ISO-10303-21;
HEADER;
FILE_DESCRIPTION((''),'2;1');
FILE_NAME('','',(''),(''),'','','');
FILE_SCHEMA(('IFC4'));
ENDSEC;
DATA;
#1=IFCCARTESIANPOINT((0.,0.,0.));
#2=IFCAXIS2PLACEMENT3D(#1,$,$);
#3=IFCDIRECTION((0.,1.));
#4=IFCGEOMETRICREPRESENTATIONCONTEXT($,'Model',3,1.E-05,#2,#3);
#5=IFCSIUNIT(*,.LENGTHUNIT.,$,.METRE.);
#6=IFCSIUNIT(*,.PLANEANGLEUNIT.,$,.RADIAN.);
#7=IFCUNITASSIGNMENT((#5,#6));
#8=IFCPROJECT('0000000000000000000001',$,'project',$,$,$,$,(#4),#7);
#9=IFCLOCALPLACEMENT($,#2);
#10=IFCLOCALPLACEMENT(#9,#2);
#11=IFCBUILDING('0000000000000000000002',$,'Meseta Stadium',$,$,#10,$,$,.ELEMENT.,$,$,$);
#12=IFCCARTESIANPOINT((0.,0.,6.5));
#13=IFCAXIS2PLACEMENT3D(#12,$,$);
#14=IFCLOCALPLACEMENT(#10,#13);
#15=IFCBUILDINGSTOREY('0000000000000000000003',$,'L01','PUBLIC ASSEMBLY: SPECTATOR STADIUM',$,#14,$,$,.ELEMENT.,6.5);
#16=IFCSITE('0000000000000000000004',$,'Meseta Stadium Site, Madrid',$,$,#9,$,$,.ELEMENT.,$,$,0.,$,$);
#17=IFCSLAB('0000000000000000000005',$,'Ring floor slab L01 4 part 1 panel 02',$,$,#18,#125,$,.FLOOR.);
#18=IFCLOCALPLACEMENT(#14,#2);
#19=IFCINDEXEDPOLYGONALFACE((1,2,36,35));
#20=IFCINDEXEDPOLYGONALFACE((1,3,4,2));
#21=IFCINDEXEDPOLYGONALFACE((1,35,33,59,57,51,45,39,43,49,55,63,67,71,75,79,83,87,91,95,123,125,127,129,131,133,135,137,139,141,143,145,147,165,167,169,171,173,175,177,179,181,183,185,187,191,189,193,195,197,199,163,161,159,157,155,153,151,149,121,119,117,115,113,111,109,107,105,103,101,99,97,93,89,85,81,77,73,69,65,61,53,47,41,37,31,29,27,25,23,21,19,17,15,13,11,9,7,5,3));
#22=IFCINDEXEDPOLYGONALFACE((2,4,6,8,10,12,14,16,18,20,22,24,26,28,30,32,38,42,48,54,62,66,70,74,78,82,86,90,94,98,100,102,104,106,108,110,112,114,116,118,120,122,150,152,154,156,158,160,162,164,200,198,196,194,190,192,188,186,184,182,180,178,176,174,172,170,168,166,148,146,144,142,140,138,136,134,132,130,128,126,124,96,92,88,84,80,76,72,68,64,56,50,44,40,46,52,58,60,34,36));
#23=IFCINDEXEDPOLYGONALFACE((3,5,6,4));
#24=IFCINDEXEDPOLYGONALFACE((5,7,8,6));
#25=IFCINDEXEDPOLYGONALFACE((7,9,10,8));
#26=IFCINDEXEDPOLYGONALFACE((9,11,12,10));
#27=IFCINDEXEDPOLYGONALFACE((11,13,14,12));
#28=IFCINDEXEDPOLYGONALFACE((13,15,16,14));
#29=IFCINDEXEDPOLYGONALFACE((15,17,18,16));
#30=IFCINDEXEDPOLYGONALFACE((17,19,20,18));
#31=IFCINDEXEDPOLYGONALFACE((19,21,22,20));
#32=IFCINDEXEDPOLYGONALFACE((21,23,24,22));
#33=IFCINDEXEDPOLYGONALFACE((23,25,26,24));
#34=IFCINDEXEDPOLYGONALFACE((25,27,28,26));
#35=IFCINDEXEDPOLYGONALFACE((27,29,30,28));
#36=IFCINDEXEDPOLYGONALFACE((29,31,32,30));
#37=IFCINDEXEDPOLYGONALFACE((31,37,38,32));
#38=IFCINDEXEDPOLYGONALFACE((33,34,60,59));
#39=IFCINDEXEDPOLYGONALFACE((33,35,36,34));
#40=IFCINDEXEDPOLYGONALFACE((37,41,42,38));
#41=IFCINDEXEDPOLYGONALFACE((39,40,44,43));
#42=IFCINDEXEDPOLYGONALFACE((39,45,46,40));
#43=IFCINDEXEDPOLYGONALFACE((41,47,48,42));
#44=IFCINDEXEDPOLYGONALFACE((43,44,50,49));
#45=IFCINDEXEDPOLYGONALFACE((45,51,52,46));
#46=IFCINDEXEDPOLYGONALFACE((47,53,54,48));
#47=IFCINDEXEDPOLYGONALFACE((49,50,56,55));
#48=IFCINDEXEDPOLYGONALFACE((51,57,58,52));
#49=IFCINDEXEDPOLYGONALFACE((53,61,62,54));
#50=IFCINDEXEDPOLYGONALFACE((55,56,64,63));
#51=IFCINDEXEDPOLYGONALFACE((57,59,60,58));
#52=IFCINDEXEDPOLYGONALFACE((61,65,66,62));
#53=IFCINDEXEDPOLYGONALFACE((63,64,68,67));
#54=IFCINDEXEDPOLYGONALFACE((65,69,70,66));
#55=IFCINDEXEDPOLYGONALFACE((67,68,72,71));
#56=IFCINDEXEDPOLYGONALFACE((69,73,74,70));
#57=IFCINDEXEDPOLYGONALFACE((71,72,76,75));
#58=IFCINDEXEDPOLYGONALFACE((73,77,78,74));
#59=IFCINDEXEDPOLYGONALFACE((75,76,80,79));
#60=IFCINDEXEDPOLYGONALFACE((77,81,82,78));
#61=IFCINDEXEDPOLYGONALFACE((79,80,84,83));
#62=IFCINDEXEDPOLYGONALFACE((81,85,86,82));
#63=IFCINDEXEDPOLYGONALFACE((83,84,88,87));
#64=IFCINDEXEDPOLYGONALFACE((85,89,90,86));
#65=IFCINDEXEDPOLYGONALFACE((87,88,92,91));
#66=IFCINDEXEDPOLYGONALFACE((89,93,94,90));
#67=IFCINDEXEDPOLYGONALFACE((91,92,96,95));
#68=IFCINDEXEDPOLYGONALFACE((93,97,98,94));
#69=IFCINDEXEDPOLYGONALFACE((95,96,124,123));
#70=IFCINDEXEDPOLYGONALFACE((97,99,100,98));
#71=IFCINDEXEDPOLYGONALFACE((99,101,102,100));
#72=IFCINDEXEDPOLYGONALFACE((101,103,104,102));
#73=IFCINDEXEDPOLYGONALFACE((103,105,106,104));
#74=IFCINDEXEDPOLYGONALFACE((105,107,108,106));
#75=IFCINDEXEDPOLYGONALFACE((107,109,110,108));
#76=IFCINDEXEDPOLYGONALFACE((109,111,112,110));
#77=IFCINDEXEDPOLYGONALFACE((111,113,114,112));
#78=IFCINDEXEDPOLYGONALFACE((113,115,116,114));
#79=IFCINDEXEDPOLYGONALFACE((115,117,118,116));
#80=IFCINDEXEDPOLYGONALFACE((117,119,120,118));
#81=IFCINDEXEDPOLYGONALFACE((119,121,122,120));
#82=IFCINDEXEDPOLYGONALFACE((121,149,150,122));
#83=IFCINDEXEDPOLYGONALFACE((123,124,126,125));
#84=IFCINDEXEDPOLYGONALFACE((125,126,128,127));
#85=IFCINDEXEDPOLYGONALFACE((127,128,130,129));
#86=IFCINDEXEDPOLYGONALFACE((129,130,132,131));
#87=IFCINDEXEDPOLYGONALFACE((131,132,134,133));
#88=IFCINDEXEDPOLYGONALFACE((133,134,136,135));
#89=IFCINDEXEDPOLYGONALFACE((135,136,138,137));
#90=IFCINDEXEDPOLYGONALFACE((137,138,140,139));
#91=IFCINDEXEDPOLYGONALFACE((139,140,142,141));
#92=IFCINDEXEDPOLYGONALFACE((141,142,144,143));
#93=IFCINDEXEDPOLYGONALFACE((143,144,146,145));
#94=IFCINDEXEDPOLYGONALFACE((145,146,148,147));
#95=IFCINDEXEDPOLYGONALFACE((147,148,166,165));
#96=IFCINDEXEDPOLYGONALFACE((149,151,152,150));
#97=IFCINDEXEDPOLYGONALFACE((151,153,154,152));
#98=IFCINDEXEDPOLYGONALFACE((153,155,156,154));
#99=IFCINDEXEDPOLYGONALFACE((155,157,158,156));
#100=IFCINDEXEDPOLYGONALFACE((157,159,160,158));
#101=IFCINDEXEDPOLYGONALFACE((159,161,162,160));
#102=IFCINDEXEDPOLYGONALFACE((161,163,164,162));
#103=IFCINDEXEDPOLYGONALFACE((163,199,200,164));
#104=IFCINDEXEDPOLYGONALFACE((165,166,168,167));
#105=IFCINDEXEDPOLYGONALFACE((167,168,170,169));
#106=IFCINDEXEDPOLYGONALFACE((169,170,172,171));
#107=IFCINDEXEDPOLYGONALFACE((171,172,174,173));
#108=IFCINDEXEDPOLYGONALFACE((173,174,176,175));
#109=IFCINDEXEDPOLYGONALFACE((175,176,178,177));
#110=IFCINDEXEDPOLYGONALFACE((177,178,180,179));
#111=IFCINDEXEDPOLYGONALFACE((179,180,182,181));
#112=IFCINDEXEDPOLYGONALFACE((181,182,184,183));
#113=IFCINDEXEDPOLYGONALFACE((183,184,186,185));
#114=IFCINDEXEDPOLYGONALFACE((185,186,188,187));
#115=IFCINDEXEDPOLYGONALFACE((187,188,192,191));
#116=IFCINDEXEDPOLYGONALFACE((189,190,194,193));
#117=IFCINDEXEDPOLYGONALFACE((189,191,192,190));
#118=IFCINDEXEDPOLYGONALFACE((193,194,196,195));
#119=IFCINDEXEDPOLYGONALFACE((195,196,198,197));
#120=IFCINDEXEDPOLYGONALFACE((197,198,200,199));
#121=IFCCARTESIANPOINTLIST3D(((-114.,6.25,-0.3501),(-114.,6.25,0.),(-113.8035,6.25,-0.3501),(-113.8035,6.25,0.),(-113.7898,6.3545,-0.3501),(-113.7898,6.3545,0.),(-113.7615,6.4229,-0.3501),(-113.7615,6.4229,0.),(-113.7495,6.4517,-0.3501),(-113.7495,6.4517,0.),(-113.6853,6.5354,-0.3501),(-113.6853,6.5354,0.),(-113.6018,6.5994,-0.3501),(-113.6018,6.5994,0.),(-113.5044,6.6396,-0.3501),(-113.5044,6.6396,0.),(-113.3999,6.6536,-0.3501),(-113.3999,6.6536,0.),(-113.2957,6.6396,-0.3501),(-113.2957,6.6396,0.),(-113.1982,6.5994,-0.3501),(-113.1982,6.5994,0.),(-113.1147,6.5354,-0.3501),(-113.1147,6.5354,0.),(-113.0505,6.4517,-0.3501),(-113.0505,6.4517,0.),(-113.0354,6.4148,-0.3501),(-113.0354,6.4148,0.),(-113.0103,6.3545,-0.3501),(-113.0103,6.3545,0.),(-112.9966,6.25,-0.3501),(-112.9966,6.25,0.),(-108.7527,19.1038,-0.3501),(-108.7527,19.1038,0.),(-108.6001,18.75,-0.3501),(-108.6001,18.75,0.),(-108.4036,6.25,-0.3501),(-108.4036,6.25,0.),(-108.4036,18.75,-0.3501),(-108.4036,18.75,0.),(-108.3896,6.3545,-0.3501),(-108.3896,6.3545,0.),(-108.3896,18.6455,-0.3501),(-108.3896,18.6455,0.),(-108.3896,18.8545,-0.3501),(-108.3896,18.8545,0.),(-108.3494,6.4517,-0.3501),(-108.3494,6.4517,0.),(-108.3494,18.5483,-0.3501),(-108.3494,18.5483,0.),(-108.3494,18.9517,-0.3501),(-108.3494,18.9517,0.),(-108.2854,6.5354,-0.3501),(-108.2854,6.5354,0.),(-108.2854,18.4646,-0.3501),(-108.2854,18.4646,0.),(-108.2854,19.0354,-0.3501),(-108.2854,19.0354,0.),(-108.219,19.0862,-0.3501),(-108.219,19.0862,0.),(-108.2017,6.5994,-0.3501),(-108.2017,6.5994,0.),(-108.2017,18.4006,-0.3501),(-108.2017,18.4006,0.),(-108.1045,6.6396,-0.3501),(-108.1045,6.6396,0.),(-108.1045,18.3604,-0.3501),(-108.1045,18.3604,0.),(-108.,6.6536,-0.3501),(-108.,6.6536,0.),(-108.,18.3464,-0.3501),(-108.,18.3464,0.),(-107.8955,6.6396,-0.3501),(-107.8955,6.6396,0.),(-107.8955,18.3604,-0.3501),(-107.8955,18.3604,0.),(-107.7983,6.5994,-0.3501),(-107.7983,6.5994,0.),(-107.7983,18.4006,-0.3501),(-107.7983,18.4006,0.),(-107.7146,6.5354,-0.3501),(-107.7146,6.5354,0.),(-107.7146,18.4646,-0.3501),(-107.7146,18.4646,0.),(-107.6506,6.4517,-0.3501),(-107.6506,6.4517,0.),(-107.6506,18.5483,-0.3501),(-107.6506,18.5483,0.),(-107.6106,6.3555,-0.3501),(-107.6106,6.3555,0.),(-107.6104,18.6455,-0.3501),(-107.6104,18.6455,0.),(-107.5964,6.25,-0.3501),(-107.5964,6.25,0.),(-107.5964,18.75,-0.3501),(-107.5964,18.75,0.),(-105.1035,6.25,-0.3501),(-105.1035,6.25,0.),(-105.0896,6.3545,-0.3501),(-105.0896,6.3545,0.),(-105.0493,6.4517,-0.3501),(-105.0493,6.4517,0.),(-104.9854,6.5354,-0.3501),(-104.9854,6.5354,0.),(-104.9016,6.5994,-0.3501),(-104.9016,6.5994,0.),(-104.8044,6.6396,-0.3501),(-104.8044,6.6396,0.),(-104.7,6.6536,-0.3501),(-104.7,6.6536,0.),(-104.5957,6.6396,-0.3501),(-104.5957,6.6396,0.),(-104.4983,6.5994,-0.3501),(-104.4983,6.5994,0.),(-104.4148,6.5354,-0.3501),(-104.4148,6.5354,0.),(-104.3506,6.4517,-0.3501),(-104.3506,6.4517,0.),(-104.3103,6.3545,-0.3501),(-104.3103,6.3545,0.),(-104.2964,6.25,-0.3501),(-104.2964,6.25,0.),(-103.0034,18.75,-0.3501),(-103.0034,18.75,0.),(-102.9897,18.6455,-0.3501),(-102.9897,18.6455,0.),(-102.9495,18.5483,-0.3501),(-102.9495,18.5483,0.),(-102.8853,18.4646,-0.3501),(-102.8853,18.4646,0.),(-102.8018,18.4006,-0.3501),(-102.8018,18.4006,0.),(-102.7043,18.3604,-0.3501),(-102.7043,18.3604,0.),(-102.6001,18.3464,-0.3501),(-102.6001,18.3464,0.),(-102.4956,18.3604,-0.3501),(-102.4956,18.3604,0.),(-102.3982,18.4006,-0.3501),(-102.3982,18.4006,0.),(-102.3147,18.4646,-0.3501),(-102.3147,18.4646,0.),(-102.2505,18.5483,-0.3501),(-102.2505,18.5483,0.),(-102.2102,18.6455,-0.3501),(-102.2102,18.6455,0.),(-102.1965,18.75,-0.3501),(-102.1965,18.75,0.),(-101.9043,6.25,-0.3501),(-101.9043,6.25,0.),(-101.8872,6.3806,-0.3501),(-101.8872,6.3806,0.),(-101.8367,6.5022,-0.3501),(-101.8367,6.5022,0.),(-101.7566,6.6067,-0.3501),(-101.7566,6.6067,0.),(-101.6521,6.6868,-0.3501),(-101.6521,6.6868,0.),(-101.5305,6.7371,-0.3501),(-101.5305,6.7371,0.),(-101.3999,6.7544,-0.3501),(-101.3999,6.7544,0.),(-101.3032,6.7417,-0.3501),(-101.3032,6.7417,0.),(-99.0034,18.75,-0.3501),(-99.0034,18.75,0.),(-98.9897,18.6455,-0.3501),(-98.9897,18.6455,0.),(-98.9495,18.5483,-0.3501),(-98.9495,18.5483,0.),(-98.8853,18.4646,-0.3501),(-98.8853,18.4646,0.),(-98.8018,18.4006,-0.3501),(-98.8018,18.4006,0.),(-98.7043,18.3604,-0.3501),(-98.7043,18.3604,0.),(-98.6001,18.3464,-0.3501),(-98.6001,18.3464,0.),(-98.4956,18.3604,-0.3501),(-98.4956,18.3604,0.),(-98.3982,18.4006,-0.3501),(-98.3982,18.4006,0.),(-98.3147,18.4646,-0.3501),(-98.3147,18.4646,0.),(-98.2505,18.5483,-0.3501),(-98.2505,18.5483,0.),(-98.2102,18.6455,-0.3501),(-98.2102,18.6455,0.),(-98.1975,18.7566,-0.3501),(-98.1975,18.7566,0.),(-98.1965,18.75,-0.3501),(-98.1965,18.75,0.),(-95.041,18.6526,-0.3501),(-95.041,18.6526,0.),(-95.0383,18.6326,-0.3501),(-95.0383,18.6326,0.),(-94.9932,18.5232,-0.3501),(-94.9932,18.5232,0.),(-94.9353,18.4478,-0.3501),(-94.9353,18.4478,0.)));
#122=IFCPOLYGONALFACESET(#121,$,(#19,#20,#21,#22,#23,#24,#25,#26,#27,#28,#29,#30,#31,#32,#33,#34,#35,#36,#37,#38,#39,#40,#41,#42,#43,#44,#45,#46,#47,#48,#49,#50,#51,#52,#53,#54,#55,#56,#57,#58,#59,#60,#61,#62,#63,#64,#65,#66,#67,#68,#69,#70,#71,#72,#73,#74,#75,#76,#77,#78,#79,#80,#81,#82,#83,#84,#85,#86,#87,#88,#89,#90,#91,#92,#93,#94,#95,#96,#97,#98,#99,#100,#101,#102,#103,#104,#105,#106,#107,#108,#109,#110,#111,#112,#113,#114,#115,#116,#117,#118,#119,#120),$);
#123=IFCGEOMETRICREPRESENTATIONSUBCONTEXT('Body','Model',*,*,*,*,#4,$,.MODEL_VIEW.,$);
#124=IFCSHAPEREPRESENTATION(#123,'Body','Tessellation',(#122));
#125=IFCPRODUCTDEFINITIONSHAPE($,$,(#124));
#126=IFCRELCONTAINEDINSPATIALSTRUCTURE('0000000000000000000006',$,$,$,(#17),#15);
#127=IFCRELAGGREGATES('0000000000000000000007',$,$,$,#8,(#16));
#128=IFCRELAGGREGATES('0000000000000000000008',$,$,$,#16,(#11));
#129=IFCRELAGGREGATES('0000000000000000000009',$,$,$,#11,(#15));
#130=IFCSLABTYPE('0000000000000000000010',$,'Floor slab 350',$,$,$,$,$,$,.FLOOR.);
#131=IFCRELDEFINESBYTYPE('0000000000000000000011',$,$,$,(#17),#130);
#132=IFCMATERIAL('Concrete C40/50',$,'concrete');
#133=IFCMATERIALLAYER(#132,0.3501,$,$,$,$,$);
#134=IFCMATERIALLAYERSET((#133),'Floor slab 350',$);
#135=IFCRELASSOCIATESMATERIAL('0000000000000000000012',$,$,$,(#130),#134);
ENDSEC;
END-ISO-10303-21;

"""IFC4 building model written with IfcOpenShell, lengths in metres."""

from ifc_helpers import new_model, si_unit, direction, frame, origin, place, context, subcontext, project, spatial, polyline, outline, extrude, material, layer, layer_set, type_object, element, save


model = new_model("IFC4")

# Units and contexts
model_context = context("Model", 3, precision=1e-05, world=origin(), true_north=direction((0.0, 1.0)))
body_context = subcontext(model_context, "Body", "Model", "MODEL_VIEW")
ifc_project = project(units=[si_unit("LENGTHUNIT", "METRE"), si_unit("PLANEANGLEUNIT", "RADIAN")], contexts=[model_context])

# Site, building, storey
site_placement = place(None, origin())
site = spatial("IfcSite", under=ifc_project, at=site_placement, Name="Meseta Stadium Site, Madrid", CompositionType="ELEMENT", RefElevation=0.0)
building_placement = place(site_placement, origin())
building = spatial("IfcBuilding", under=site, at=building_placement, Name="Meseta Stadium", CompositionType="ELEMENT")
storey_placement = place(building_placement, frame((0.0, 0.0, 6.5)))
storey = spatial("IfcBuildingStorey", under=building, at=storey_placement, Name="L01", Description="PUBLIC ASSEMBLY: SPECTATOR STADIUM", CompositionType="ELEMENT", Elevation=6.5)

# Slab
ifc_material_1 = material(Name="Concrete C40/50", Category="concrete")
ifc_layer_1 = layer(ifc_material_1, 0.3501)
ifc_layer_set_1 = layer_set([ifc_layer_1], Name="Floor slab 350")
slab_type_1 = type_object("IfcSlabType", Name="Floor slab 350", PredefinedType="FLOOR", material=ifc_layer_set_1)
slab_1_placement = place(storey_placement, frame((0.0, 0.0, -0.3501)))
element("IfcSlab", 1, at=slab_1_placement, inside=storey, type_object=slab_type_1, Name="Ring floor slab L01 4 part 1 panel 02", PredefinedType="FLOOR", context=body_context, shape_type="SweptSolid", body=[
    extrude(outline(polyline([(-108.6001, 18.75), (-114.0, 6.25), (-113.8035, 6.25), (-113.7898, 6.3545), (-113.7615, 6.4229), (-113.7495, 6.4517), (-113.6853, 6.5354), (-113.6018, 6.5994), (-113.5044, 6.6396), (-113.3999, 6.6536), (-113.2957, 6.6396), (-113.1982, 6.5994), (-113.1147, 6.5354), (-113.0505, 6.4517), (-113.0354, 6.4148), (-113.0103, 6.3545), (-112.9966, 6.25), (-108.4036, 6.25), (-108.3896, 6.3545), (-108.3494, 6.4517), (-108.2854, 6.5354), (-108.2017, 6.5994), (-108.1045, 6.6396), (-108.0, 6.6536), (-107.8955, 6.6396), (-107.7983, 6.5994), (-107.7146, 6.5354), (-107.6506, 6.4517), (-107.6106, 6.3555), (-107.5964, 6.25), (-105.1035, 6.25), (-105.0896, 6.3545), (-105.0493, 6.4517), (-104.9854, 6.5354), (-104.9016, 6.5994), (-104.8044, 6.6396), (-104.7, 6.6536), (-104.5957, 6.6396), (-104.4983, 6.5994), (-104.4148, 6.5354), (-104.3506, 6.4517), (-104.3103, 6.3545), (-104.2964, 6.25), (-101.9043, 6.25), (-101.8872, 6.3806), (-101.8367, 6.5022), (-101.7566, 6.6067), (-101.6521, 6.6868), (-101.5305, 6.7371), (-101.3999, 6.7544), (-101.3032, 6.7417), (-94.9353, 18.4478), (-94.9932, 18.5232), (-95.0383, 18.6326), (-95.041, 18.6526), (-98.1975, 18.7566), (-98.1965, 18.75), (-98.2102, 18.6455), (-98.2505, 18.5483), (-98.3147, 18.4646), (-98.3982, 18.4006), (-98.4956, 18.3604), (-98.6001, 18.3464), (-98.7043, 18.3604), (-98.8018, 18.4006), (-98.8853, 18.4646), (-98.9495, 18.5483), (-98.9897, 18.6455), (-99.0034, 18.75), (-102.1965, 18.75), (-102.2102, 18.6455), (-102.2505, 18.5483), (-102.3147, 18.4646), (-102.3982, 18.4006), (-102.4956, 18.3604), (-102.6001, 18.3464), (-102.7043, 18.3604), (-102.8018, 18.4006), (-102.8853, 18.4646), (-102.9495, 18.5483), (-102.9897, 18.6455), (-103.0034, 18.75), (-107.5964, 18.75), (-107.6104, 18.6455), (-107.6506, 18.5483), (-107.7146, 18.4646), (-107.7983, 18.4006), (-107.8955, 18.3604), (-108.0, 18.3464), (-108.1045, 18.3604), (-108.2017, 18.4006), (-108.2854, 18.4646), (-108.3494, 18.5483), (-108.3896, 18.6455), (-108.4036, 18.75), (-108.3896, 18.8545), (-108.3494, 18.9517), (-108.2854, 19.0354), (-108.219, 19.0862), (-108.7527, 19.1038), (-108.6001, 18.75)])), origin(), (0.0, 0.0, 1.0), 0.3501),
])

save(model, "model.ifc")
